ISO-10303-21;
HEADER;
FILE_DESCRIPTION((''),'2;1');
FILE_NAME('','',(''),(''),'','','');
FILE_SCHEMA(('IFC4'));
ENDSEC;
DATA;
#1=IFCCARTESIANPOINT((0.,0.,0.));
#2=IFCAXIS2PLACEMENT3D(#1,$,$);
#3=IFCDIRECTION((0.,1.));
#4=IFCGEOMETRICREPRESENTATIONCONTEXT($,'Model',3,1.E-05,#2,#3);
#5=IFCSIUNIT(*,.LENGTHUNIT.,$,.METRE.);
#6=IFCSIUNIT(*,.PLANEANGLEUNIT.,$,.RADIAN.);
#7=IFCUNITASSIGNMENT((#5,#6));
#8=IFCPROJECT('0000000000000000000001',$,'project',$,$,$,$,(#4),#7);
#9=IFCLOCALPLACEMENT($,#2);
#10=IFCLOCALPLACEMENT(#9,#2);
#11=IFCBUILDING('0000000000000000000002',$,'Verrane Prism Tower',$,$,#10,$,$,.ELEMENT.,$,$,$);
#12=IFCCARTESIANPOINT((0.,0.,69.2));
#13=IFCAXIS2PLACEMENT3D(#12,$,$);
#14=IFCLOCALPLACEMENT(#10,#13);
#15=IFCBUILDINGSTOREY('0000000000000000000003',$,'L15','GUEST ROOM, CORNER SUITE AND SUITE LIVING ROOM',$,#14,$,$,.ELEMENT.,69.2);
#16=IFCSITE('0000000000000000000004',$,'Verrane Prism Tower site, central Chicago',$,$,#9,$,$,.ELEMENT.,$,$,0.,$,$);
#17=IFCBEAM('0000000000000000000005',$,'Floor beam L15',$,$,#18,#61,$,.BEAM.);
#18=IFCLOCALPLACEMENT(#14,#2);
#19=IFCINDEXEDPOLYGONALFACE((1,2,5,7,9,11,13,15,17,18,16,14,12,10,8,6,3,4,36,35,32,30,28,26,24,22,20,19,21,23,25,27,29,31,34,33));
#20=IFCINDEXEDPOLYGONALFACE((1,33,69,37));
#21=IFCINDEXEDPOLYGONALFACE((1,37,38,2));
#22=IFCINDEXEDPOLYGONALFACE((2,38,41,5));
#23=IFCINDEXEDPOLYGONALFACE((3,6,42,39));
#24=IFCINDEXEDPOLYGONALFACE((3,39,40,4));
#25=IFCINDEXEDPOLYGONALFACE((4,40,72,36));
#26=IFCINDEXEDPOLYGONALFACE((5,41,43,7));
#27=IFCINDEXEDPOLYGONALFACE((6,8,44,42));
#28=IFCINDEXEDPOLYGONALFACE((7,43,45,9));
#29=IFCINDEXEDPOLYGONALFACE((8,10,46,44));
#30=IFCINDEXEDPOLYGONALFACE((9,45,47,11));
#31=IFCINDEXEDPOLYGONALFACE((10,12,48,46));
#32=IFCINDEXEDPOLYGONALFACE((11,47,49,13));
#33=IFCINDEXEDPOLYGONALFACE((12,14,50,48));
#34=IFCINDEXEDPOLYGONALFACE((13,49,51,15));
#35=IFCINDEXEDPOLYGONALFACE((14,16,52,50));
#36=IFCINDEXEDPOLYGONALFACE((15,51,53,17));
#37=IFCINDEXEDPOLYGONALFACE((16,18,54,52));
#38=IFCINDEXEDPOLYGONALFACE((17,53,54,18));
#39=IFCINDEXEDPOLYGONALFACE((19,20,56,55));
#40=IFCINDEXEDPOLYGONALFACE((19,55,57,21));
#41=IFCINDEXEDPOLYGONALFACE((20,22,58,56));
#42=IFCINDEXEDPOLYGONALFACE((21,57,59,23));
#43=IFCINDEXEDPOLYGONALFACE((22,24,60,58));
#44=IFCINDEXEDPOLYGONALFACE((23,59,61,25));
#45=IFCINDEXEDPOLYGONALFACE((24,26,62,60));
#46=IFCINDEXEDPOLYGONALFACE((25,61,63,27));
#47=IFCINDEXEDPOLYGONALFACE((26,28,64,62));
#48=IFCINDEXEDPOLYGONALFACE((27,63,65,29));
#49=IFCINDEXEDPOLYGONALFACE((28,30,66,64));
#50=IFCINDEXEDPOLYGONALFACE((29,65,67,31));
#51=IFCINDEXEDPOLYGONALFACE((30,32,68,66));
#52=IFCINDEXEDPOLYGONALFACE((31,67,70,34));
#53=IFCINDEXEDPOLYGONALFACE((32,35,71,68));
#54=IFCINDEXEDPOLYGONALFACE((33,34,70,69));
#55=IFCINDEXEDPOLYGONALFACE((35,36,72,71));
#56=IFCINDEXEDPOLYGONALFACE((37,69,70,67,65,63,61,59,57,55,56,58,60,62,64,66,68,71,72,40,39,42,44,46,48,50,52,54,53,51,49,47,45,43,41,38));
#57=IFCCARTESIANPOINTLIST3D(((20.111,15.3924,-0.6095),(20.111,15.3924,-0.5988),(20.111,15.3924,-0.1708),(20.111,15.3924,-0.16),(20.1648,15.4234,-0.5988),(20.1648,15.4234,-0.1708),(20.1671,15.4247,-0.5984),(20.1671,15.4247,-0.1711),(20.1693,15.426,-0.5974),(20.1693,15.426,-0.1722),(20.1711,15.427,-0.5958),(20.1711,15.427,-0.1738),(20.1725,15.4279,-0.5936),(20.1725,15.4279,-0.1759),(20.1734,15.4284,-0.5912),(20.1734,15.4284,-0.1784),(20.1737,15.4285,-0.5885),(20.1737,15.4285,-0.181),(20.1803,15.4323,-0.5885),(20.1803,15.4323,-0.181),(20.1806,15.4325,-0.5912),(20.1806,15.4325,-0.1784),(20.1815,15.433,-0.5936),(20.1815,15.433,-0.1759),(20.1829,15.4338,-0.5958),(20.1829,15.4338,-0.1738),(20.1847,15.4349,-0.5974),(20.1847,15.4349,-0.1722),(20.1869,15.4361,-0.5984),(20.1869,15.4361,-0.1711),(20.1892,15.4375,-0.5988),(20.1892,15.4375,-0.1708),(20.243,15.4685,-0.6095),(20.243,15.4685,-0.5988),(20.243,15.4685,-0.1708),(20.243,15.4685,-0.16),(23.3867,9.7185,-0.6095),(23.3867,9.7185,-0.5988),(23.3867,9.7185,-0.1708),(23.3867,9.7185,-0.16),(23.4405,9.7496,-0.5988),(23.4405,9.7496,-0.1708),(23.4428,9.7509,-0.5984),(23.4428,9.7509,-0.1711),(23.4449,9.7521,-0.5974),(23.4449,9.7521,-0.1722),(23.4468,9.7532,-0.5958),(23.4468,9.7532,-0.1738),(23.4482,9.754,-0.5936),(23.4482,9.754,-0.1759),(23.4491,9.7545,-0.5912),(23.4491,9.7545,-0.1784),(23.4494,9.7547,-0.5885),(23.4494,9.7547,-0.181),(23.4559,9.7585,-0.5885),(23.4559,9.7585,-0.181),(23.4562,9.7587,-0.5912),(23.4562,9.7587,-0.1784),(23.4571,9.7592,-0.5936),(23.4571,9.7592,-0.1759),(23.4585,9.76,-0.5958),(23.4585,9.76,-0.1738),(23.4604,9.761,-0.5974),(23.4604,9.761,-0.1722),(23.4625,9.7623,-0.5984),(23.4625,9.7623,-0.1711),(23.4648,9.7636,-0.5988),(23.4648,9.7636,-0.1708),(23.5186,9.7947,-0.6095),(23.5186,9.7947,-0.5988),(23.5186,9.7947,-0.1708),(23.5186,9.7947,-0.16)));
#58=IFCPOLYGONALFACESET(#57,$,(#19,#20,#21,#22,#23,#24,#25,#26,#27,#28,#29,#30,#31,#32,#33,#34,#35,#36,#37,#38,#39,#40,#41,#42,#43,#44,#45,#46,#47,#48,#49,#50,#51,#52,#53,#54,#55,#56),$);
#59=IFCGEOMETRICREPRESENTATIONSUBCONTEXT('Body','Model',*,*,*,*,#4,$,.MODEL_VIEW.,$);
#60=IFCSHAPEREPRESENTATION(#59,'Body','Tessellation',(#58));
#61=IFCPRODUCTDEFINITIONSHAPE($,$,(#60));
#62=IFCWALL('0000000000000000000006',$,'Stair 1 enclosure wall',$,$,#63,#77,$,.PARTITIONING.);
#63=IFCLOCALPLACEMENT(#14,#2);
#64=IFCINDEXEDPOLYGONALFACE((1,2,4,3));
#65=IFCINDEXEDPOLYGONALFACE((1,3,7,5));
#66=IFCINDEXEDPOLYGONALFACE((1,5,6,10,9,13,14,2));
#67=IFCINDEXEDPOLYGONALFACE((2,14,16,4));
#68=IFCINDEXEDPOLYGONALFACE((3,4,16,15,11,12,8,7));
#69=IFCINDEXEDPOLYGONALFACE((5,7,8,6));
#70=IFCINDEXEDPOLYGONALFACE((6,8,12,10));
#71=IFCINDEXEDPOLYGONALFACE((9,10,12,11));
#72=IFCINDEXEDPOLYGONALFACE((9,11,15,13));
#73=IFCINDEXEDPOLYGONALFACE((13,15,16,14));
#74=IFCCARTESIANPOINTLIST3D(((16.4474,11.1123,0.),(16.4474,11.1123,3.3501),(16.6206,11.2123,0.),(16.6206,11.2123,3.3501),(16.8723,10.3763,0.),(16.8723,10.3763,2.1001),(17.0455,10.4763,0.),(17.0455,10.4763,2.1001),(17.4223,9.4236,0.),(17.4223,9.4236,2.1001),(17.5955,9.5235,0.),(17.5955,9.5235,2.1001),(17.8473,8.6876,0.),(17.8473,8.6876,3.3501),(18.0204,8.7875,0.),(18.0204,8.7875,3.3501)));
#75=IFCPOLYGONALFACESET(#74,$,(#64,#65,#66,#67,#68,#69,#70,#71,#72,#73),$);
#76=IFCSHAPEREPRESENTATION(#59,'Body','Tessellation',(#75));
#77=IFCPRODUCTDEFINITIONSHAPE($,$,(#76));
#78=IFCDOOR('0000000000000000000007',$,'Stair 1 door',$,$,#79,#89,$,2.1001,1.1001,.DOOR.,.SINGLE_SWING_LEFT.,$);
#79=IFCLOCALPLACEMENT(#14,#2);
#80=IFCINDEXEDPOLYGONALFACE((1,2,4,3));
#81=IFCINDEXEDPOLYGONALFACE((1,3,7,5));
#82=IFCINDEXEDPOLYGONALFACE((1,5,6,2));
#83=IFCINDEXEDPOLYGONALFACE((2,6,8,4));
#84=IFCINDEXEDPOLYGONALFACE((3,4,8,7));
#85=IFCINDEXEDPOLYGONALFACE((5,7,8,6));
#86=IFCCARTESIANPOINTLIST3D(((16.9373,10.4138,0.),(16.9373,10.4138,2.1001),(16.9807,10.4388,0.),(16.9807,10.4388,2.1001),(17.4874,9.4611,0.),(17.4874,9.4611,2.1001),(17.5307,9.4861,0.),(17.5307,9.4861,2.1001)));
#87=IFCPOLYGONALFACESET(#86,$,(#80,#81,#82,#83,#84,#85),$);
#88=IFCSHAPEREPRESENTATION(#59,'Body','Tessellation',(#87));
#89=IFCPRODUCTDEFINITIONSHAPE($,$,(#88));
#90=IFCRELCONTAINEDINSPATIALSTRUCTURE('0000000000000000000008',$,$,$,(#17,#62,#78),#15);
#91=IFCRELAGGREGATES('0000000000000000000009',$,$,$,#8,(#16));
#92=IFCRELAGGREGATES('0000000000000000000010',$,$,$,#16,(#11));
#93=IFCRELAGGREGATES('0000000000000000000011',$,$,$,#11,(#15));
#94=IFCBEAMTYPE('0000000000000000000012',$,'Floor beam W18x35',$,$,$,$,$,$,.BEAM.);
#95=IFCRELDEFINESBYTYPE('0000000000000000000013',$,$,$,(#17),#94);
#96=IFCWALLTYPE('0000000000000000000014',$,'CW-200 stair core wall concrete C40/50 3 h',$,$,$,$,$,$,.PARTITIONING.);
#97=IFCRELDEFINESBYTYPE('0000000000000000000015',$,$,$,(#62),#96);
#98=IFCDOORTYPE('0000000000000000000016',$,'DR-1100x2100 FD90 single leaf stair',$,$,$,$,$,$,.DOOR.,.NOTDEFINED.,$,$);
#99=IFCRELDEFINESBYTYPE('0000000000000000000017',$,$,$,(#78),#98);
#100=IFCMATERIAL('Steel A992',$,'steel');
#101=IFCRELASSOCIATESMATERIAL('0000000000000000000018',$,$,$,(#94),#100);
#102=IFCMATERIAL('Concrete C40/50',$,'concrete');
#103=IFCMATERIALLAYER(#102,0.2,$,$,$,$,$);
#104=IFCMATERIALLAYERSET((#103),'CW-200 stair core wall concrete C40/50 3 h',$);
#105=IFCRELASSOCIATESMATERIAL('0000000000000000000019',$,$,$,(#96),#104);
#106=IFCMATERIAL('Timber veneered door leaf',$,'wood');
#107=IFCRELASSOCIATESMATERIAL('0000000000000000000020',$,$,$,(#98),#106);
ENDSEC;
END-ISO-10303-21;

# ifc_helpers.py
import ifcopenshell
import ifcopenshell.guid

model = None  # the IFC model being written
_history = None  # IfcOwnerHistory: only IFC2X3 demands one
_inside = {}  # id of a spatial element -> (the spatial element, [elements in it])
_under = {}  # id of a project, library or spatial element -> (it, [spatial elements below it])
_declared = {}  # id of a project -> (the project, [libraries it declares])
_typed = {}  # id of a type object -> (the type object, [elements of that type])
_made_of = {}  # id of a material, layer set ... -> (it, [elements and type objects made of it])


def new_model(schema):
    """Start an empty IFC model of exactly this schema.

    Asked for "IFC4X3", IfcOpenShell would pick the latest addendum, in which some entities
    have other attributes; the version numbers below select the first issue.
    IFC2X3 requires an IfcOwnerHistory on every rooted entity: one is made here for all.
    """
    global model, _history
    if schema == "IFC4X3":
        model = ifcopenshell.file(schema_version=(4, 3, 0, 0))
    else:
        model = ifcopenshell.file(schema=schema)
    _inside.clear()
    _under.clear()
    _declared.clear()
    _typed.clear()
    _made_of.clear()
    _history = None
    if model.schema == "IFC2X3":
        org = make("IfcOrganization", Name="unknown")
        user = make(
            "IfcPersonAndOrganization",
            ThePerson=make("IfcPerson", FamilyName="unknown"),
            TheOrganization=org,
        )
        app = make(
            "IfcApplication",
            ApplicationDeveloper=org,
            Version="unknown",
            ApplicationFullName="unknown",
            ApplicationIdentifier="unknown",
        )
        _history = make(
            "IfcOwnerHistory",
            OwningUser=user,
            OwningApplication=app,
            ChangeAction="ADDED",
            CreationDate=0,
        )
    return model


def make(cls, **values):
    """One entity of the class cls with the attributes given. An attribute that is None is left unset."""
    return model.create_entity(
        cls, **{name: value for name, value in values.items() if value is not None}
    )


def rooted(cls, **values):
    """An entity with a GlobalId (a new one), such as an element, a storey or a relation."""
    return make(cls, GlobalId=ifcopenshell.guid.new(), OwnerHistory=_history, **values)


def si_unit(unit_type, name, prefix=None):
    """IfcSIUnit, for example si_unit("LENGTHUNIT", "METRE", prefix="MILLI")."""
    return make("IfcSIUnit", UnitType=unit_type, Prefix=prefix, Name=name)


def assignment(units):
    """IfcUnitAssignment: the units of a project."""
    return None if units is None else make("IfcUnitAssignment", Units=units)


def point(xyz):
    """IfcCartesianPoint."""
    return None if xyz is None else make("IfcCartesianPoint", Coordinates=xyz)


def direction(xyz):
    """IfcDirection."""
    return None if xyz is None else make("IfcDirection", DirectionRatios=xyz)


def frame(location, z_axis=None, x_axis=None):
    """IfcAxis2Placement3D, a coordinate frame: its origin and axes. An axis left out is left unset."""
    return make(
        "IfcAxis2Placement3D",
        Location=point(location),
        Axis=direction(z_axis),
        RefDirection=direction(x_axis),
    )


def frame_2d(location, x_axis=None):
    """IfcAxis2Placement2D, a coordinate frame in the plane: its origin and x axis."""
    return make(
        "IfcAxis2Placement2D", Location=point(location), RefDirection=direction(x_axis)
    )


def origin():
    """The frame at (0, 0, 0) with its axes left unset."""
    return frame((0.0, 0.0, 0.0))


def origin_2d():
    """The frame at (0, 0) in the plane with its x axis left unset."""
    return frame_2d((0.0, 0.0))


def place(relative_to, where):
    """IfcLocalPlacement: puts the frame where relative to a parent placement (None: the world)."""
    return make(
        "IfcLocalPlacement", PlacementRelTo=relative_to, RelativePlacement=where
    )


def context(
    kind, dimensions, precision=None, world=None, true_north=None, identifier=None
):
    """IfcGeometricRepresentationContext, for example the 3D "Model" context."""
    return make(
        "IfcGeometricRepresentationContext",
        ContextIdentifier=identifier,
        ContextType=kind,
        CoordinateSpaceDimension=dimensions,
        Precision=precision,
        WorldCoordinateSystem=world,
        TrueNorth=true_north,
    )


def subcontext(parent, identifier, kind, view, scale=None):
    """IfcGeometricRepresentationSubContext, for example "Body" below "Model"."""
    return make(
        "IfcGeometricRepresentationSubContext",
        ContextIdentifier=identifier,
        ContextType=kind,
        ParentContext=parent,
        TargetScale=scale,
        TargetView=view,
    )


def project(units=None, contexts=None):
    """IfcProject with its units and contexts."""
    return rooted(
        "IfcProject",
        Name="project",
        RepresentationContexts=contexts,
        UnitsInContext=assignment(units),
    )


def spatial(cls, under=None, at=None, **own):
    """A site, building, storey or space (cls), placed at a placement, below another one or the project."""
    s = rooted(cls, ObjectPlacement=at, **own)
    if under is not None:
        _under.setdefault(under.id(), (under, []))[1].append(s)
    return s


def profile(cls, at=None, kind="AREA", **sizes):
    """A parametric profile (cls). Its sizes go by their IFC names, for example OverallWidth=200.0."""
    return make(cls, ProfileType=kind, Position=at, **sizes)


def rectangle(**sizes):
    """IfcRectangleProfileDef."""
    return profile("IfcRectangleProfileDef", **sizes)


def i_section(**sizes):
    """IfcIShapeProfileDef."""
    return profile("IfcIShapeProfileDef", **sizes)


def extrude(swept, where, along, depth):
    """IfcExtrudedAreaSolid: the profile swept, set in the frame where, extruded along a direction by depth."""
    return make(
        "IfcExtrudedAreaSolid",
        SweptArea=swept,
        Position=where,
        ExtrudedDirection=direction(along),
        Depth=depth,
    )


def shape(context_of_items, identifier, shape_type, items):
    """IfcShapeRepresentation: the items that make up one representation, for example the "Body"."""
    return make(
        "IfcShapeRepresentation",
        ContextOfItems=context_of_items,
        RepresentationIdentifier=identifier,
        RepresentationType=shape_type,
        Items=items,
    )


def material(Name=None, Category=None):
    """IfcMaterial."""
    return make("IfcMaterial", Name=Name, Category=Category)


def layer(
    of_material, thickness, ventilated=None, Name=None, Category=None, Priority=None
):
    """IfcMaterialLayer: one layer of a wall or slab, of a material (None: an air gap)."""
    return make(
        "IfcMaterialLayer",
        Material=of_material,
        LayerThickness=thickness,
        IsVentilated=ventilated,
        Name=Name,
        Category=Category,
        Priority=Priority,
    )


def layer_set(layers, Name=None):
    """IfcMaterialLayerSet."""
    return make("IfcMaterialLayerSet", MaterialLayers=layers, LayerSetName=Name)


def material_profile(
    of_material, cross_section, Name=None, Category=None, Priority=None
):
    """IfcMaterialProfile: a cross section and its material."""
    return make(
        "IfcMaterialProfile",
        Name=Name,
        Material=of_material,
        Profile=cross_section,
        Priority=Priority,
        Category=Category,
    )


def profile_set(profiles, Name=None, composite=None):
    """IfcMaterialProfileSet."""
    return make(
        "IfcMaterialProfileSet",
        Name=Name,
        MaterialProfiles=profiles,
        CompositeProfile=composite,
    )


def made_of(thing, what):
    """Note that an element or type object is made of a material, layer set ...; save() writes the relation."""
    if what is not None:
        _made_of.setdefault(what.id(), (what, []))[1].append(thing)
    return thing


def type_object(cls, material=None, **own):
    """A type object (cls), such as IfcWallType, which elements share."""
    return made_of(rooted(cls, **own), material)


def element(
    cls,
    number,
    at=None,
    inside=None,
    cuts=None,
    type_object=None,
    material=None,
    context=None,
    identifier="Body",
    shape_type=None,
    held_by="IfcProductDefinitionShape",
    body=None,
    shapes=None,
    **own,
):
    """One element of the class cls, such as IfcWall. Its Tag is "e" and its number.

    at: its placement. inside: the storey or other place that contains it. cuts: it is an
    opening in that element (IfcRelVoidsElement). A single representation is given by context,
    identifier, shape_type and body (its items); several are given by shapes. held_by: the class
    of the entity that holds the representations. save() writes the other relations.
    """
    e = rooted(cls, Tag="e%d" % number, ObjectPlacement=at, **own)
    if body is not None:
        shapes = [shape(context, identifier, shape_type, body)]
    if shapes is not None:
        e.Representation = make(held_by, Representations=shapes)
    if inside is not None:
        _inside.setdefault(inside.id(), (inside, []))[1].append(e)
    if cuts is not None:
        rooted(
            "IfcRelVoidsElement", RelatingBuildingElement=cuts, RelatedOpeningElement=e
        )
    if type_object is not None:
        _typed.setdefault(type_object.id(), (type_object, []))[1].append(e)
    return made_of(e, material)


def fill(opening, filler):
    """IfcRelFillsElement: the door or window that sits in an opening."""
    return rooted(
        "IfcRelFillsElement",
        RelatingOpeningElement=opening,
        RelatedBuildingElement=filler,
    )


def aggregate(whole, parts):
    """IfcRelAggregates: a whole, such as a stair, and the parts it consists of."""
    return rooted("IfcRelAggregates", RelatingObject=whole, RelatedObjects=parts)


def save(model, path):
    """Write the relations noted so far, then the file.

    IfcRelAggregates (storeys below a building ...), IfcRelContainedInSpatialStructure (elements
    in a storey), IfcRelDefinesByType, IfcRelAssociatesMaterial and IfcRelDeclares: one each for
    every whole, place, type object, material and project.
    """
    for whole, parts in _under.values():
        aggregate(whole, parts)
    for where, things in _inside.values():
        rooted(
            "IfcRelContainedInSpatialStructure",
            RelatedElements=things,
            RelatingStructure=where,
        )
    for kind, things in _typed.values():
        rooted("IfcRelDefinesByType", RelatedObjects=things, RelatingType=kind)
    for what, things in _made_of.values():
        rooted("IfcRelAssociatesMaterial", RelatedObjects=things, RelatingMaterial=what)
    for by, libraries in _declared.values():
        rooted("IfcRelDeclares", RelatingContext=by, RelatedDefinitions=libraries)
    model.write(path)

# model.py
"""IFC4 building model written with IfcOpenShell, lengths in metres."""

from ifc_helpers import new_model, si_unit, direction, frame, frame_2d, origin, origin_2d, place, context, subcontext, project, spatial, rectangle, i_section, extrude, material, layer, layer_set, material_profile, profile_set, type_object, element, fill, save


model = new_model("IFC4")

# Units and contexts
model_context = context("Model", 3, precision=1e-05, world=origin(), true_north=direction((0.0, 1.0)))
body_context = subcontext(model_context, "Body", "Model", "MODEL_VIEW")
ifc_project = project(units=[si_unit("LENGTHUNIT", "METRE"), si_unit("PLANEANGLEUNIT", "RADIAN")], contexts=[model_context])

# Site, building, storey
site_placement = place(None, origin())
site = spatial("IfcSite", under=ifc_project, at=site_placement, Name="Verrane Prism Tower site, central Chicago", CompositionType="ELEMENT", RefElevation=0.0)
building_placement = place(site_placement, origin())
building = spatial("IfcBuilding", under=site, at=building_placement, Name="Verrane Prism Tower", CompositionType="ELEMENT")
storey_placement = place(building_placement, frame((0.0, 0.0, 69.2)))
storey = spatial("IfcBuildingStorey", under=building, at=storey_placement, Name="L15", Description="GUEST ROOM, CORNER SUITE AND SUITE LIVING ROOM", CompositionType="ELEMENT", Elevation=69.2)

# Beam
ifc_material_1 = material(Name="Steel A992", Category="steel")
ifc_material_profile_1 = material_profile(ifc_material_1, i_section(OverallWidth=0.1523, OverallDepth=0.4495, WebThickness=0.0076, FlangeThickness=0.0107, FilletRadius=0.0103, at=origin_2d()), Name="W18x35")
ifc_profile_set_1 = profile_set([ifc_material_profile_1], Name="Steel A992")
beam_type_1 = type_object("IfcBeamType", Name="Floor beam W18x35", PredefinedType="BEAM", material=ifc_profile_set_1)
beam_1_placement = place(storey_placement, frame((23.4526, 9.7566, -0.3848), z_axis=(-0.499983, 0.866035, 0.0), x_axis=(-0.866035, -0.499983, 0.0)))
element("IfcBeam", 1, at=beam_1_placement, inside=storey, type_object=beam_type_1, Name="Floor beam L15", PredefinedType="BEAM", context=body_context, shape_type="SweptSolid", body=[
    extrude(i_section(OverallWidth=0.1523, OverallDepth=0.4495, WebThickness=0.0076, FlangeThickness=0.0107, FilletRadius=0.0103, at=origin_2d()), origin(), (0.0, 0.0, 1.0), 6.5515),
])

# Wall, opening, door
ifc_material_2 = material(Name="Concrete C40/50", Category="concrete")
ifc_layer_1 = layer(ifc_material_2, 0.2)
ifc_layer_set_1 = layer_set([ifc_layer_1], Name="CW-200 stair core wall concrete C40/50 3 h")
wall_type_1 = type_object("IfcWallType", Name="CW-200 stair core wall concrete C40/50 3 h", PredefinedType="PARTITIONING", material=ifc_layer_set_1)
wall_1_placement = place(storey_placement, frame((17.9338, 8.7375, 0.0), z_axis=(0.0, 0.0, 1.0), x_axis=(-0.499984, 0.866035, 0.0)))
wall_1 = element("IfcWall", 2, at=wall_1_placement, inside=storey, type_object=wall_type_1, Name="Stair 1 enclosure wall", PredefinedType="PARTITIONING", context=body_context, shape_type="SweptSolid", body=[
    extrude(rectangle(XDim=2.7998, YDim=0.2, at=frame_2d((1.3999, 0.0))), origin(), (0.0, 0.0, 1.0), 3.3501),
])
opening_1_placement = place(wall_1_placement, frame((0.8499, 0.0, 0.0)))
opening_1 = element("IfcOpeningElement", 3, at=opening_1_placement, cuts=wall_1, PredefinedType="OPENING", context=body_context, shape_type="SweptSolid", body=[
    extrude(rectangle(XDim=1.1001, YDim=2.1001, at=frame_2d((0.55, 1.05))), frame((0.0, 0.1099, 0.0), z_axis=(0.0, -1.0, 0.0), x_axis=(1.0, 0.0, 0.0)), (0.0, 0.0, 1.0), 0.22),
])
ifc_material_3 = material(Name="Timber veneered door leaf", Category="wood")
door_type_1 = type_object("IfcDoorType", Name="DR-1100x2100 FD90 single leaf stair", OperationType="NOTDEFINED", PredefinedType="DOOR", material=ifc_material_3)
door_1_placement = place(opening_1_placement, origin())
door_1 = element("IfcDoor", 4, at=door_1_placement, inside=storey, type_object=door_type_1, Name="Stair 1 door", OperationType="SINGLE_SWING_LEFT", OverallHeight=2.1001, OverallWidth=1.1001, PredefinedType="DOOR", context=body_context, shape_type="SweptSolid", body=[
    extrude(rectangle(XDim=1.1001, YDim=2.1001, at=frame_2d((0.55, 1.05))), frame((0.0, 0.0249, 0.0), z_axis=(0.0, -1.0, 0.0), x_axis=(1.0, 0.0, 0.0)), (0.0, 0.0, 1.0), 0.05),
])
fill(opening_1, door_1)

save(model, "model.ifc")
